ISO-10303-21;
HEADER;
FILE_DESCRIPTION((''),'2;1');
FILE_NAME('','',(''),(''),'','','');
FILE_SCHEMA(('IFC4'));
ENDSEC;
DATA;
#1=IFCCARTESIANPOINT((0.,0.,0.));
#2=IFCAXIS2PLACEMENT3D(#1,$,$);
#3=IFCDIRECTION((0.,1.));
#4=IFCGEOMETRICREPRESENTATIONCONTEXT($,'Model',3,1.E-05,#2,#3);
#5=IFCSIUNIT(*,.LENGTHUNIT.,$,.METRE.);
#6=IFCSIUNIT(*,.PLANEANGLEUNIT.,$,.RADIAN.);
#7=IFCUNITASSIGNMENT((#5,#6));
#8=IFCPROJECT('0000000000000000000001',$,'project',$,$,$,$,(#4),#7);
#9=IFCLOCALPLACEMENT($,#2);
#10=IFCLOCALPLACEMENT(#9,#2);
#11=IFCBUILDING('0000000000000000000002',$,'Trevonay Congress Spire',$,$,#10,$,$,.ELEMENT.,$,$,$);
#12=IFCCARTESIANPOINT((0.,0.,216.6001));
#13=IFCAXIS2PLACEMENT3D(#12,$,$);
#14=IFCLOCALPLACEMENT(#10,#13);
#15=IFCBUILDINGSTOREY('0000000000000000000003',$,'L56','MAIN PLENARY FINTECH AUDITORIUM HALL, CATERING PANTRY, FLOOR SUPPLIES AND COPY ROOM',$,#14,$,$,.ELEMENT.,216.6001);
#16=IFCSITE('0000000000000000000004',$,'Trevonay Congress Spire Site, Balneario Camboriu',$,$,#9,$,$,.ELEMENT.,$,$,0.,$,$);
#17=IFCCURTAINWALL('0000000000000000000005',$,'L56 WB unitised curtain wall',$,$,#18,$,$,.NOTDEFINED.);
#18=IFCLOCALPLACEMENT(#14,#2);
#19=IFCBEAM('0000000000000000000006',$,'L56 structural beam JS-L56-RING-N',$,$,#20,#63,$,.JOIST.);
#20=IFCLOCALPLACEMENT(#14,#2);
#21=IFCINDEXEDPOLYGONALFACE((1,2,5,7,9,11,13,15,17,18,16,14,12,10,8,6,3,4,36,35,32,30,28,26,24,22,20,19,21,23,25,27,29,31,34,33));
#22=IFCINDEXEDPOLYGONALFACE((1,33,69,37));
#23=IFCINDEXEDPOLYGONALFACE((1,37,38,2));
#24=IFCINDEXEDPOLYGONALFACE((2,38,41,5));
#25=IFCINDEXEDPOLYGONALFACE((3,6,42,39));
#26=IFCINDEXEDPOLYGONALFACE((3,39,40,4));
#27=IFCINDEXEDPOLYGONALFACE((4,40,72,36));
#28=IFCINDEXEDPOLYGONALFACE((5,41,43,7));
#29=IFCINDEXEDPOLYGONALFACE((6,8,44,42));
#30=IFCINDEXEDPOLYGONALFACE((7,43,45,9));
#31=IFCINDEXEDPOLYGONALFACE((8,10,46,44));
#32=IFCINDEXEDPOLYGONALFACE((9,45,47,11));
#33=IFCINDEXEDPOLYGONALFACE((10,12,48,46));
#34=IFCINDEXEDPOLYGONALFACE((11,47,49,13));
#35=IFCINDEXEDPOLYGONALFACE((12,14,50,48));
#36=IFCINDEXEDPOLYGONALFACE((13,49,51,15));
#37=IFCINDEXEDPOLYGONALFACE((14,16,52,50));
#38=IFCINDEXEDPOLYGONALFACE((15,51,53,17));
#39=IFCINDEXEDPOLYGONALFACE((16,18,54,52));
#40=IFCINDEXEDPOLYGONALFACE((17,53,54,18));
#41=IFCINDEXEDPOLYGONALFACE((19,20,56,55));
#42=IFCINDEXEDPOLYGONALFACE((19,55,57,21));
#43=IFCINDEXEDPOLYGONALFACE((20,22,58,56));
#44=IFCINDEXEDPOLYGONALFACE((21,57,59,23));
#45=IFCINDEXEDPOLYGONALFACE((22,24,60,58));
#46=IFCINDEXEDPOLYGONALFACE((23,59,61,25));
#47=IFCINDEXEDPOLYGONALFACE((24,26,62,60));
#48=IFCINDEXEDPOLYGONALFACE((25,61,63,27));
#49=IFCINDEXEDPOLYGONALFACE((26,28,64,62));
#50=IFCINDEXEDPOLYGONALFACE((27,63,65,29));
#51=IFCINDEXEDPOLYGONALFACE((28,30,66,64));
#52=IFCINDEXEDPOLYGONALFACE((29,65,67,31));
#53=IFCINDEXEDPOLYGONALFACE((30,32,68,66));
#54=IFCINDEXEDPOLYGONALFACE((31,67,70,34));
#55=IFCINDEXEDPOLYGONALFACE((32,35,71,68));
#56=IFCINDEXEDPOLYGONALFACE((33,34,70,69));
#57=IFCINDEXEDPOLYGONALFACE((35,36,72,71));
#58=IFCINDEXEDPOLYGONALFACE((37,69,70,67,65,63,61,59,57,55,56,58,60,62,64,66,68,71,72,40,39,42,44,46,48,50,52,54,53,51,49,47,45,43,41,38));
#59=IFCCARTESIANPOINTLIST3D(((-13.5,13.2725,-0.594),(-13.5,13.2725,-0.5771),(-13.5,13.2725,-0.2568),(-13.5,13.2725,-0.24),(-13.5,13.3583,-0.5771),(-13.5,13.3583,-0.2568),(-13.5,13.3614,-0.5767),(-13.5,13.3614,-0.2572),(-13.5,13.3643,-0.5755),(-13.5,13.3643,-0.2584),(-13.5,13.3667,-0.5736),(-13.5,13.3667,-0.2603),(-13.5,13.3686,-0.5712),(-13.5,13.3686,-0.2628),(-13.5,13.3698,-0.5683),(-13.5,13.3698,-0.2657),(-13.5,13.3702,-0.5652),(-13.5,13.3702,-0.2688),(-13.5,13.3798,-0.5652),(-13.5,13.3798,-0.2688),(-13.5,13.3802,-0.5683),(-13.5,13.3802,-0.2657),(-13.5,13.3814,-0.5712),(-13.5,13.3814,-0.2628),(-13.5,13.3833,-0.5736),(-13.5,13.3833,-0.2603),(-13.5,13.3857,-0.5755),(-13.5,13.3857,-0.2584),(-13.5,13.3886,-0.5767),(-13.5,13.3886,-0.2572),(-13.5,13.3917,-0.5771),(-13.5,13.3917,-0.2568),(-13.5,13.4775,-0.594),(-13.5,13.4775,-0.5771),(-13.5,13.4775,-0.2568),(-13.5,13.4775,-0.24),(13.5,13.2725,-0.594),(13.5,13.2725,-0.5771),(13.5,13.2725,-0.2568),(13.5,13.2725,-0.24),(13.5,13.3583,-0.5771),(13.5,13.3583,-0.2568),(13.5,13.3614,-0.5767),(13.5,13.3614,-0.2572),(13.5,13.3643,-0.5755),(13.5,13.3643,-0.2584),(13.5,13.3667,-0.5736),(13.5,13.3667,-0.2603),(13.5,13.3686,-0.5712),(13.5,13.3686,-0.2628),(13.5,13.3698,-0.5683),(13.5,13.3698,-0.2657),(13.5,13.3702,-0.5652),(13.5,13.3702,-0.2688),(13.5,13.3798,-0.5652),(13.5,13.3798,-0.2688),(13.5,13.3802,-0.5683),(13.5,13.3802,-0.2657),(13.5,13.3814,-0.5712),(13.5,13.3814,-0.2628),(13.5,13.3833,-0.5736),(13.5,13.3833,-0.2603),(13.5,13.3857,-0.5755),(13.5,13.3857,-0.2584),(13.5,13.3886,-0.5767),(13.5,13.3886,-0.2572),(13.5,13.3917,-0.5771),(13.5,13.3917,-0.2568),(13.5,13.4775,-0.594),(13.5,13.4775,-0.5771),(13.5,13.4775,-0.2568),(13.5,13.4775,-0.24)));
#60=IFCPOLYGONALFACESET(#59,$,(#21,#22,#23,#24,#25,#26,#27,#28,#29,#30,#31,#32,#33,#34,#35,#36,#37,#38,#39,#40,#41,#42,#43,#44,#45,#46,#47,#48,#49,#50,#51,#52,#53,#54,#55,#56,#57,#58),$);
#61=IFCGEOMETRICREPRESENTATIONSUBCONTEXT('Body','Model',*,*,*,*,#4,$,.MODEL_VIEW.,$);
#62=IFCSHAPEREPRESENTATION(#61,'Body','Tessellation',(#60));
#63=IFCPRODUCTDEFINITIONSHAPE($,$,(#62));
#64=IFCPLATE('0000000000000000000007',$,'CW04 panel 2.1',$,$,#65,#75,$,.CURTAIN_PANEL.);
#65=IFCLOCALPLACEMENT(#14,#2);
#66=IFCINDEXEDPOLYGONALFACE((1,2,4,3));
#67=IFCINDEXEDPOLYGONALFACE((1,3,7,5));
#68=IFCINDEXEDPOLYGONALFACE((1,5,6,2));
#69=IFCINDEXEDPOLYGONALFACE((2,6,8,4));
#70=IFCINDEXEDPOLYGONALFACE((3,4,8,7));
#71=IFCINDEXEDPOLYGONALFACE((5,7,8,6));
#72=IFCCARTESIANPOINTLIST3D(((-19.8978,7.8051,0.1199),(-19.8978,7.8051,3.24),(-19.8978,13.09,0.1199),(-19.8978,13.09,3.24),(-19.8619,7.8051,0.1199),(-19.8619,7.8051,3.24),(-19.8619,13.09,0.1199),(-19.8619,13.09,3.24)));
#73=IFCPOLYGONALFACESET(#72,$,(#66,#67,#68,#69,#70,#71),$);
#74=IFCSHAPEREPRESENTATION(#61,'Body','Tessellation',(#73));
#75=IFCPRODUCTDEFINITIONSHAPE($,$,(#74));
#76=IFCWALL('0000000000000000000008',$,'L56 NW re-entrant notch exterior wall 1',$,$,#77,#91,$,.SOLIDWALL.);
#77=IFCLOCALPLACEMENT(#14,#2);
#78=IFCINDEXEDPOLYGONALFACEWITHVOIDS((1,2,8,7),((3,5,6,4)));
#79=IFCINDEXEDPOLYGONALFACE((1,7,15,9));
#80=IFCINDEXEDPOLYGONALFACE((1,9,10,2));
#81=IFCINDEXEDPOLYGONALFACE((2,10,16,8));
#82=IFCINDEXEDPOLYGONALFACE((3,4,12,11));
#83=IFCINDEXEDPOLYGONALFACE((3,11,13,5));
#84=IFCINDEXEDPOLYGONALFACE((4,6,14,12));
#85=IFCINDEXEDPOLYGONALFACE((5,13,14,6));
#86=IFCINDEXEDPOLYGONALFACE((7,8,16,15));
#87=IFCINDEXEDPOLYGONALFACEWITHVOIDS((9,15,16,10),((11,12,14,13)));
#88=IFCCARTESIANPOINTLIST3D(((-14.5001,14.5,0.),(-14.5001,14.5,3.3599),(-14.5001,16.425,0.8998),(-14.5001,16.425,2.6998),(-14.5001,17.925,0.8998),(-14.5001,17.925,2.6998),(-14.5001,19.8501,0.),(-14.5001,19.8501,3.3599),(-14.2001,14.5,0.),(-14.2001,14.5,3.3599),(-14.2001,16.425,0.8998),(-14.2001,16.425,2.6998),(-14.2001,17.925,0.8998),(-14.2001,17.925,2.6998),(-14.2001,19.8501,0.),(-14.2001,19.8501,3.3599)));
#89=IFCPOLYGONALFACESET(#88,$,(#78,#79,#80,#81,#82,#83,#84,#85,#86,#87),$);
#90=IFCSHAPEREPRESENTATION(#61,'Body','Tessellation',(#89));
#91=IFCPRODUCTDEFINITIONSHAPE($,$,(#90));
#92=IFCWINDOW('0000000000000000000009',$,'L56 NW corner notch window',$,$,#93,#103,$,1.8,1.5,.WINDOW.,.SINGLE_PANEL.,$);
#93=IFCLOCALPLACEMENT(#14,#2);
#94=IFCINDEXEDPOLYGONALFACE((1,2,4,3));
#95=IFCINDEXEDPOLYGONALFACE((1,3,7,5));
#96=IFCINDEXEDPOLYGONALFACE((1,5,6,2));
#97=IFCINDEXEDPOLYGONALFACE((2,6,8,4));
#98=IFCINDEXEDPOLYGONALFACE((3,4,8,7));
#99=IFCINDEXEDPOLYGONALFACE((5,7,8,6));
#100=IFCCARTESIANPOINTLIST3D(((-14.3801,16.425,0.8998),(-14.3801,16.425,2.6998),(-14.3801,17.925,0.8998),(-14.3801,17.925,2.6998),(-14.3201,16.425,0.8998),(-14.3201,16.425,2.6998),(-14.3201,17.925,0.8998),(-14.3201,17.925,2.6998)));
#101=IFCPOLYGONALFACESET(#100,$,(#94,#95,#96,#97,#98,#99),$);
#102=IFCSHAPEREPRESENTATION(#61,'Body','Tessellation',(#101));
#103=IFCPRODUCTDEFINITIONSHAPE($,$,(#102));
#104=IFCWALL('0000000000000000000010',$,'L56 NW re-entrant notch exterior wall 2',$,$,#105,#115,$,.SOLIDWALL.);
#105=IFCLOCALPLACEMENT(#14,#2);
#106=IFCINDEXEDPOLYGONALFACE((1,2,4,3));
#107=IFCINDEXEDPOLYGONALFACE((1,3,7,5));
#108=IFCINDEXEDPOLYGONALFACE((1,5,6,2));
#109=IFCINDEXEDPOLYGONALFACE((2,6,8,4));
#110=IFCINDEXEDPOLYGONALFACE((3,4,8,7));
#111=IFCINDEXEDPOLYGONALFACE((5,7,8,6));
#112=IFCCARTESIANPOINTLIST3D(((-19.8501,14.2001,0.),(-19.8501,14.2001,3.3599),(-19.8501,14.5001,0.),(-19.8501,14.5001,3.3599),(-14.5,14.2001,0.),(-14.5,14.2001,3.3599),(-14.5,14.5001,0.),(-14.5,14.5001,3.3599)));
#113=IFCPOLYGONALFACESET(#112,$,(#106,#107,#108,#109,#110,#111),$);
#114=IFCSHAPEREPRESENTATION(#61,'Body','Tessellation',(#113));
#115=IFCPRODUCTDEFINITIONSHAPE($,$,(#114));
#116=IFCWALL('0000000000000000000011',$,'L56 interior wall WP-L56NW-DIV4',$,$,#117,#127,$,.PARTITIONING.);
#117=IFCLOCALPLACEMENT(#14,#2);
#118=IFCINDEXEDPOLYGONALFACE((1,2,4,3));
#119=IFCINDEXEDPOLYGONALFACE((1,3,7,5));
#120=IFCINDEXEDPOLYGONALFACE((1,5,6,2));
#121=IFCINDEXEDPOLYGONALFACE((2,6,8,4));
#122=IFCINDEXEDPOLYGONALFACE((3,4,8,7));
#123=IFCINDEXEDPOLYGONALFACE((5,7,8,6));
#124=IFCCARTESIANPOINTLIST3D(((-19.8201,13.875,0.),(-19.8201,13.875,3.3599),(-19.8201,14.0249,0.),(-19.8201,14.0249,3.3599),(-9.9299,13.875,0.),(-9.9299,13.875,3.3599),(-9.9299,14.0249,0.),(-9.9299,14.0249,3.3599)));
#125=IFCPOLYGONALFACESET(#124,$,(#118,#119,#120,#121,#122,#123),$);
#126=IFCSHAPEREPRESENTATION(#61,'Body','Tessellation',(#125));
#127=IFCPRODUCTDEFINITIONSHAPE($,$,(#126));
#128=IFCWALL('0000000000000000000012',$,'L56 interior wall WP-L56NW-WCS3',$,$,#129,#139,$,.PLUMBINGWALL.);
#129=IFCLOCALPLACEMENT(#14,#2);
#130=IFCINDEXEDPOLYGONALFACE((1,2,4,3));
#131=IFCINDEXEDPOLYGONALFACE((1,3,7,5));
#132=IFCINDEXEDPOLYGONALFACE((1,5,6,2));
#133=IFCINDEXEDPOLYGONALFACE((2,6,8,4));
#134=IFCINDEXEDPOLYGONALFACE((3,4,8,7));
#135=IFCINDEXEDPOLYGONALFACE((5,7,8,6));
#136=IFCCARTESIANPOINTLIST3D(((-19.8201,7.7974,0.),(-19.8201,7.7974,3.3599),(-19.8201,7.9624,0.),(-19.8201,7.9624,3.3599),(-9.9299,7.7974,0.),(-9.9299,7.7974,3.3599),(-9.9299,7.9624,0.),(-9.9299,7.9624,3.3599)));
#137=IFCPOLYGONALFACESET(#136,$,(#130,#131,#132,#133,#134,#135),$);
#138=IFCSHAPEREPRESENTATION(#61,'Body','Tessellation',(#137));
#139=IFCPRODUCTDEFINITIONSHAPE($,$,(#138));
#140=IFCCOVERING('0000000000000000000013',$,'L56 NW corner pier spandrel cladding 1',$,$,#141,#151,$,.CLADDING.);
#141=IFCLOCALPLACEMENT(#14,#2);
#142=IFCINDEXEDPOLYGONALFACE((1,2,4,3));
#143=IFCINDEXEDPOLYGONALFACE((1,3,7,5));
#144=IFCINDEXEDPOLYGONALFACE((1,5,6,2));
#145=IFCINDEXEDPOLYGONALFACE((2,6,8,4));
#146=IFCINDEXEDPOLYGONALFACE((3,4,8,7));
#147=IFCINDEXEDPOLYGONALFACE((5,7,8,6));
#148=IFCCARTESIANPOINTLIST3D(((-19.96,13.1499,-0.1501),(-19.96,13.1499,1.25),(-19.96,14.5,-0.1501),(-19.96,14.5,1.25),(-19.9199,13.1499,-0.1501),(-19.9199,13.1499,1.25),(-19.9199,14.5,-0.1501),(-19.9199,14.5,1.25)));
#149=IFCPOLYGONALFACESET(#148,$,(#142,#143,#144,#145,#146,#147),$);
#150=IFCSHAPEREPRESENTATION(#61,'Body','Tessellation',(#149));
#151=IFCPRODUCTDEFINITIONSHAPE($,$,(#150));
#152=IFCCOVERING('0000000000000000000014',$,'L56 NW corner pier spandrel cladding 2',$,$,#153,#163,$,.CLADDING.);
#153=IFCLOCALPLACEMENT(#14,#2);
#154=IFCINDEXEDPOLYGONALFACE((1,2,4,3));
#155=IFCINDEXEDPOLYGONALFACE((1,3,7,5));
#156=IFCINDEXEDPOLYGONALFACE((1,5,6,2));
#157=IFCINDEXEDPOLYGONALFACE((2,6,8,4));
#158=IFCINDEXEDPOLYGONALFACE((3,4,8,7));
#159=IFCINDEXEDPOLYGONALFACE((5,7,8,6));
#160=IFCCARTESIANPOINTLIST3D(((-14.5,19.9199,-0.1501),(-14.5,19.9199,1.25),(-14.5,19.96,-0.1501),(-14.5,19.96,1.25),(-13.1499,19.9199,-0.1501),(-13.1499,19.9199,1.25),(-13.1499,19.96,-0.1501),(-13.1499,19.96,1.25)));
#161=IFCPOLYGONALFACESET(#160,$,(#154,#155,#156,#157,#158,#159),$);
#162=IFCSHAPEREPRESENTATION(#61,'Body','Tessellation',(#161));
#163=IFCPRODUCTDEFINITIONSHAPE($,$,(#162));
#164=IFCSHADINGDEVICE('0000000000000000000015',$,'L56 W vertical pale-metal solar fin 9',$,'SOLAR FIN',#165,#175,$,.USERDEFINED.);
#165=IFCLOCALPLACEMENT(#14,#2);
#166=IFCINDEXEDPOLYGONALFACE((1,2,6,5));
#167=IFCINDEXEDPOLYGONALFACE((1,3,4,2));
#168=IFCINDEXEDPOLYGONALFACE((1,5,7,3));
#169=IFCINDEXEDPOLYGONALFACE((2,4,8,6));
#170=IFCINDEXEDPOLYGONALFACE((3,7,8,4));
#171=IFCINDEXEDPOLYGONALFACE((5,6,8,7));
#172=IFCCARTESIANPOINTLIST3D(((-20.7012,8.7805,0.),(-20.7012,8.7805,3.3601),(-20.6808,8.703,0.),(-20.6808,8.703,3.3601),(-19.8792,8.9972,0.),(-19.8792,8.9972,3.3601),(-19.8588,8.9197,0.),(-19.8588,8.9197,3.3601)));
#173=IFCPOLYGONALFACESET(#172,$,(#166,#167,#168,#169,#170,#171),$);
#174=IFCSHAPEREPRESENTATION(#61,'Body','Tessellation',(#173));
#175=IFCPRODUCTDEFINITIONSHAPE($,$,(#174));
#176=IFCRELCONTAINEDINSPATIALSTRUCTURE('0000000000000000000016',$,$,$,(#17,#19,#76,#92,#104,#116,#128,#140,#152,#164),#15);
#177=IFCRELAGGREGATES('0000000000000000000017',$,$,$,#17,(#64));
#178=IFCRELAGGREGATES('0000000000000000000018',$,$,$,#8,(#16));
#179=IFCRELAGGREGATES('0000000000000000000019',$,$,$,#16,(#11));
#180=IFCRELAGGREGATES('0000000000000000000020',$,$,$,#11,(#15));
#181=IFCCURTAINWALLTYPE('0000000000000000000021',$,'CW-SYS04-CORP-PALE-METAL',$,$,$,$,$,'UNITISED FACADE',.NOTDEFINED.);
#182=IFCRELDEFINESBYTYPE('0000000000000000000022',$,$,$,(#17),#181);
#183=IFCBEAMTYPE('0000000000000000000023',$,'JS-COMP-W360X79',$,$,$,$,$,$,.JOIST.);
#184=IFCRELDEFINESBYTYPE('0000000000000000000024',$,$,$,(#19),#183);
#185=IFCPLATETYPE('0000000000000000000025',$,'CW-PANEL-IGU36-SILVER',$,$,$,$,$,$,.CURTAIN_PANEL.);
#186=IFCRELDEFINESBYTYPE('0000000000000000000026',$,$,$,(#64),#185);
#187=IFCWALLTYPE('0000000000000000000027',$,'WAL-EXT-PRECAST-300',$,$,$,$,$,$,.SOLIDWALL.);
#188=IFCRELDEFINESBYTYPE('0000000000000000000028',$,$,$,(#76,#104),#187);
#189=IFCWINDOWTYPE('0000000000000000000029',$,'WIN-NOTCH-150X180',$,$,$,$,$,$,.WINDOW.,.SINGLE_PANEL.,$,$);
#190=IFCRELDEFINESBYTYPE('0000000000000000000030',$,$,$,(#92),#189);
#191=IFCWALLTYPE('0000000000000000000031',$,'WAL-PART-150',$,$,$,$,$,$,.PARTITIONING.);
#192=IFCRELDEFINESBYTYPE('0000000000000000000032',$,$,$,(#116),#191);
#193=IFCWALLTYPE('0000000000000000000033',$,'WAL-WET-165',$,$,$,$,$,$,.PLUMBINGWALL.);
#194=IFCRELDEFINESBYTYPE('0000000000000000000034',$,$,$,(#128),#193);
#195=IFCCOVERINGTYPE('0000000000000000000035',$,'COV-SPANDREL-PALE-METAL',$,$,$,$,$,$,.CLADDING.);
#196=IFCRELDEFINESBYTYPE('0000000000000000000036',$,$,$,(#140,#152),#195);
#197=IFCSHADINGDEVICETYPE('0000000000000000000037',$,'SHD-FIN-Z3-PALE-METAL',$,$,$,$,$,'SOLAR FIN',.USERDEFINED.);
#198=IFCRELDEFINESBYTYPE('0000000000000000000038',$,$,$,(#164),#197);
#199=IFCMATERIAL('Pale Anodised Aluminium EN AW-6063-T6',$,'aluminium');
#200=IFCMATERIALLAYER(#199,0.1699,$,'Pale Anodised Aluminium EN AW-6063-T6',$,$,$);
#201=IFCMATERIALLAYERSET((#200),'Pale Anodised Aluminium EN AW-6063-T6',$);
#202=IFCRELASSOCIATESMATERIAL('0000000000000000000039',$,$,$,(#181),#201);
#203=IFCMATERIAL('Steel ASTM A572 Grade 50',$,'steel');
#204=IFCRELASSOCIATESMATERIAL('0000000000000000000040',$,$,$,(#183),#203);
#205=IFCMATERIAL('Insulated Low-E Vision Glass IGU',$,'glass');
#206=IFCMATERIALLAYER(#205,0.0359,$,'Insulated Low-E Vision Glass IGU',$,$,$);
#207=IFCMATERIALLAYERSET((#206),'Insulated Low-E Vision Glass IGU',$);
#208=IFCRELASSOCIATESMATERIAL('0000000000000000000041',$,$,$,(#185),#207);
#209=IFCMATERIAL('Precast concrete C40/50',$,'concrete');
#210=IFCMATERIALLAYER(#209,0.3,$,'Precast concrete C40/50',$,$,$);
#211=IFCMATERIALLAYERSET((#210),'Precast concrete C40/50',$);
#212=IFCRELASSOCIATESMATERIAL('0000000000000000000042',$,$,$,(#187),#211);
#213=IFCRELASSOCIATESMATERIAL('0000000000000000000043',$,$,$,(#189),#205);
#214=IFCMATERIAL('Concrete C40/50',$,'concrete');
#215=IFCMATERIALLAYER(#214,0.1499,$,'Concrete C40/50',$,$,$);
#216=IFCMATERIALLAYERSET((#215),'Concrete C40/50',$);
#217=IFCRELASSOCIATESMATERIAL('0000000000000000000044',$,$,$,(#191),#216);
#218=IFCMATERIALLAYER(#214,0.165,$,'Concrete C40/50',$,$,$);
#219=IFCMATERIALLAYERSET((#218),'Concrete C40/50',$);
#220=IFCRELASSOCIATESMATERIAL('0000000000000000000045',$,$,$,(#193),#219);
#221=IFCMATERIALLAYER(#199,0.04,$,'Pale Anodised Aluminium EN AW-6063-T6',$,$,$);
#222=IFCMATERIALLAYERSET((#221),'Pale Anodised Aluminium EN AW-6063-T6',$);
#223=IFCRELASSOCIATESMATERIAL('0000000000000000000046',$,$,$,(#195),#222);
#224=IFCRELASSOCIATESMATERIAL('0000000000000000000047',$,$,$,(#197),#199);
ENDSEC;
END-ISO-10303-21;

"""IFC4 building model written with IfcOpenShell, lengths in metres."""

from ifc_helpers import new_model, si_unit, direction, frame, frame_2d, origin, origin_2d, place, context, subcontext, project, spatial, rectangle, i_section, extrude, material, layer, layer_set, material_profile, profile_set, type_object, element, fill, aggregate, save


model = new_model("IFC4")

# Units and contexts
model_context = context("Model", 3, precision=1e-05, world=origin(), true_north=direction((0.0, 1.0)))
body_context = subcontext(model_context, "Body", "Model", "MODEL_VIEW")
ifc_project = project(units=[si_unit("LENGTHUNIT", "METRE"), si_unit("PLANEANGLEUNIT", "RADIAN")], contexts=[model_context])

# Site, building, storey
site_placement = place(None, origin())
site = spatial("IfcSite", under=ifc_project, at=site_placement, Name="Trevonay Congress Spire Site, Balneario Camboriu", CompositionType="ELEMENT", RefElevation=0.0)
building_placement = place(site_placement, origin())
building = spatial("IfcBuilding", under=site, at=building_placement, Name="Trevonay Congress Spire", CompositionType="ELEMENT")
storey_placement = place(building_placement, frame((0.0, 0.0, 216.6001)))
storey = spatial("IfcBuildingStorey", under=building, at=storey_placement, Name="L56", Description="MAIN PLENARY FINTECH AUDITORIUM HALL, CATERING PANTRY, FLOOR SUPPLIES AND COPY ROOM", CompositionType="ELEMENT", Elevation=216.6001)

# Shared definitions
ifc_material_1 = material(Name="Steel ASTM A572 Grade 50", Category="steel")

# Curtain wall
ifc_material_2 = material(Name="Pale Anodised Aluminium EN AW-6063-T6", Category="aluminium")
ifc_layer_1 = layer(ifc_material_2, 0.1699, Name="Pale Anodised Aluminium EN AW-6063-T6")
ifc_layer_set_1 = layer_set([ifc_layer_1], Name="Pale Anodised Aluminium EN AW-6063-T6")
curtain_wall_type = type_object("IfcCurtainWallType", Name="CW-SYS04-CORP-PALE-METAL", ElementType="UNITISED FACADE", PredefinedType="NOTDEFINED", material=ifc_layer_set_1)
curtain_wall_1_placement = place(storey_placement, origin())
curtain_wall_1 = element("IfcCurtainWall", 1, at=curtain_wall_1_placement, inside=storey, type_object=curtain_wall_type, Name="L56 WB unitised curtain wall", PredefinedType="NOTDEFINED")

# Beam
ifc_material_profile_1 = material_profile(ifc_material_1, i_section(OverallWidth=0.2051, OverallDepth=0.354, WebThickness=0.0095, FlangeThickness=0.0168, FilletRadius=0.012, at=origin_2d()), Name="W360x79")
ifc_profile_set_1 = profile_set([ifc_material_profile_1], Name="Steel ASTM A572 Grade 50")
beam_type_1 = type_object("IfcBeamType", Name="JS-COMP-W360X79", PredefinedType="JOIST", material=ifc_profile_set_1)
beam_placement = place(storey_placement, frame((-13.5, 13.375, -0.417), z_axis=(1.0, 0.0, 0.0), x_axis=(0.0, 1.0, 0.0)))
element("IfcBeam", 2, at=beam_placement, inside=storey, type_object=beam_type_1, Name="L56 structural beam JS-L56-RING-N", PredefinedType="JOIST", context=body_context, shape_type="SweptSolid", body=[
    extrude(i_section(OverallWidth=0.2051, OverallDepth=0.354, WebThickness=0.0095, FlangeThickness=0.0168, FilletRadius=0.012, at=origin_2d()), origin(), (0.0, 0.0, 1.0), 27.0),
])

# Plate
ifc_material_3 = material(Name="Insulated Low-E Vision Glass IGU", Category="glass")
ifc_layer_2 = layer(ifc_material_3, 0.0359, Name="Insulated Low-E Vision Glass IGU")
ifc_layer_set_2 = layer_set([ifc_layer_2], Name="Insulated Low-E Vision Glass IGU")
plate_type = type_object("IfcPlateType", Name="CW-PANEL-IGU36-SILVER", PredefinedType="CURTAIN_PANEL", material=ifc_layer_set_2)
plate_placement = place(storey_placement, frame((-19.8799, 10.4475, 0.1199), z_axis=(0.0, 0.0, 1.0), x_axis=(0.0, 1.0, 0.0)))
plate = element("IfcPlate", 3, at=plate_placement, type_object=plate_type, Name="CW04 panel 2.1", PredefinedType="CURTAIN_PANEL", context=body_context, shape_type="SweptSolid", body=[
    extrude(rectangle(XDim=5.2849, YDim=0.0359, at=origin_2d()), origin(), (0.0, 0.0, 1.0), 3.1201),
])
aggregate(curtain_wall_1, [plate])

# Wall, opening, window
ifc_material_4 = material(Name="Precast concrete C40/50", Category="concrete")
ifc_layer_3 = layer(ifc_material_4, 0.3, Name="Precast concrete C40/50")
ifc_layer_set_3 = layer_set([ifc_layer_3], Name="Precast concrete C40/50")
wall_type_1 = type_object("IfcWallType", Name="WAL-EXT-PRECAST-300", PredefinedType="SOLIDWALL", material=ifc_layer_set_3)
wall_1_placement = place(storey_placement, frame((-14.3501, 19.8501, 0.0), z_axis=(0.0, 0.0, 1.0), x_axis=(0.0, -1.0, 0.0)))
wall_1 = element("IfcWall", 4, at=wall_1_placement, inside=storey, type_object=wall_type_1, Name="L56 NW re-entrant notch exterior wall 1", PredefinedType="SOLIDWALL", context=body_context, shape_type="SweptSolid", body=[
    extrude(rectangle(XDim=5.3501, YDim=0.3, at=frame_2d((2.675, 0.0))), origin(), (0.0, 0.0, 1.0), 3.3599),
])
opening_placement = place(wall_1_placement, frame((1.925, 0.0, 0.8999)))
opening = element("IfcOpeningElement", 5, at=opening_placement, cuts=wall_1, PredefinedType="OPENING", context=body_context, shape_type="SweptSolid", body=[
    extrude(rectangle(XDim=1.5, YDim=1.8, at=frame_2d((0.75, 0.8999))), frame((0.0, 0.1602, 0.0), z_axis=(0.0, -1.0, 0.0), x_axis=(1.0, 0.0, 0.0)), (0.0, 0.0, 1.0), 0.3201),
])
window_type = type_object("IfcWindowType", Name="WIN-NOTCH-150X180", PartitioningType="SINGLE_PANEL", PredefinedType="WINDOW", material=ifc_material_3)
window_placement = place(opening_placement, origin())
window = element("IfcWindow", 6, at=window_placement, inside=storey, type_object=window_type, Name="L56 NW corner notch window", OverallHeight=1.8, OverallWidth=1.5, PartitioningType="SINGLE_PANEL", PredefinedType="WINDOW", context=body_context, shape_type="SweptSolid", body=[
    extrude(rectangle(XDim=1.5, YDim=1.8, at=frame_2d((0.75, 0.8999))), frame((0.0, 0.03, 0.0), z_axis=(0.0, -1.0, 0.0), x_axis=(1.0, 0.0, 0.0)), (0.0, 0.0, 1.0), 0.0601),
])
fill(opening, window)

# Walls
wall_2_placement = place(storey_placement, frame((-19.8501, 14.3501, 0.0), z_axis=(0.0, 0.0, 1.0), x_axis=(1.0, 0.0, 0.0)))
element("IfcWall", 7, at=wall_2_placement, inside=storey, type_object=wall_type_1, Name="L56 NW re-entrant notch exterior wall 2", PredefinedType="SOLIDWALL", context=body_context, shape_type="SweptSolid", body=[
    extrude(rectangle(XDim=5.3501, YDim=0.3, at=frame_2d((2.675, 0.0))), origin(), (0.0, 0.0, 1.0), 3.3599),
])
ifc_material_5 = material(Name="Concrete C40/50", Category="concrete")
ifc_layer_4 = layer(ifc_material_5, 0.1499, Name="Concrete C40/50")
ifc_layer_set_4 = layer_set([ifc_layer_4], Name="Concrete C40/50")
wall_type_2 = type_object("IfcWallType", Name="WAL-PART-150", PredefinedType="PARTITIONING", material=ifc_layer_set_4)
wall_3_placement = place(storey_placement, frame((-19.8201, 13.95, 0.0), z_axis=(0.0, 0.0, 1.0), x_axis=(1.0, 0.0, 0.0)))
element("IfcWall", 8, at=wall_3_placement, inside=storey, type_object=wall_type_2, Name="L56 interior wall WP-L56NW-DIV4", PredefinedType="PARTITIONING", context=body_context, shape_type="SweptSolid", body=[
    extrude(rectangle(XDim=9.8901, YDim=0.1499, at=frame_2d((4.9451, 0.0))), origin(), (0.0, 0.0, 1.0), 3.3599),
])
ifc_layer_5 = layer(ifc_material_5, 0.165, Name="Concrete C40/50")
ifc_layer_set_5 = layer_set([ifc_layer_5], Name="Concrete C40/50")
wall_type_3 = type_object("IfcWallType", Name="WAL-WET-165", PredefinedType="PLUMBINGWALL", material=ifc_layer_set_5)
wall_4_placement = place(storey_placement, frame((-19.8201, 7.8799, 0.0), z_axis=(0.0, 0.0, 1.0), x_axis=(1.0, 0.0, 0.0)))
element("IfcWall", 9, at=wall_4_placement, inside=storey, type_object=wall_type_3, Name="L56 interior wall WP-L56NW-WCS3", PredefinedType="PLUMBINGWALL", context=body_context, shape_type="SweptSolid", body=[
    extrude(rectangle(XDim=9.8901, YDim=0.165, at=frame_2d((4.9451, 0.0))), origin(), (0.0, 0.0, 1.0), 3.3599),
])

# Coverings
ifc_layer_6 = layer(ifc_material_2, 0.04, Name="Pale Anodised Aluminium EN AW-6063-T6")
ifc_layer_set_6 = layer_set([ifc_layer_6], Name="Pale Anodised Aluminium EN AW-6063-T6")
covering_type = type_object("IfcCoveringType", Name="COV-SPANDREL-PALE-METAL", PredefinedType="CLADDING", material=ifc_layer_set_6)
for number, where, z_axis, x_axis, name in (
    (10, (-19.9399, 13.1499, -0.1501), (0.0, 0.0, 1.0), (0.0, 1.0, 0.0), "L56 NW corner pier spandrel cladding 1"),
    (11, (-13.1499, 19.9399, -0.1501), (0.0, 0.0, 1.0), (-1.0, 0.0, 0.0), "L56 NW corner pier spandrel cladding 2"),
):
    element("IfcCovering", number, at=place(storey_placement, frame(where, z_axis=z_axis, x_axis=x_axis)), inside=storey, type_object=covering_type, Name=name, PredefinedType="CLADDING", context=body_context, shape_type="SweptSolid", body=[
        extrude(rectangle(XDim=1.3501, YDim=0.04, at=frame_2d((0.675, 0.0))), origin(), (0.0, 0.0, 1.0), 1.4001),
    ])

# Shading device
shading_device_type = type_object("IfcShadingDeviceType", Name="SHD-FIN-Z3-PALE-METAL", ElementType="SOLAR FIN", PredefinedType="USERDEFINED", material=ifc_material_2)
shading_device_placement = place(storey_placement, frame((-20.28, 8.8501, 0.0), z_axis=(0.0, 0.0, 1.0), x_axis=(-0.254939, 0.966957, 0.0)))
element("IfcShadingDevice", 12, at=shading_device_placement, inside=storey, type_object=shading_device_type, Name="L56 W vertical pale-metal solar fin 9", ObjectType="SOLAR FIN", PredefinedType="USERDEFINED", context=body_context, shape_type="SweptSolid", body=[
    extrude(rectangle(XDim=0.0801, YDim=0.8501, at=origin_2d()), origin(), (0.0, 0.0, 1.0), 3.3601),
])

save(model, "model.ifc")
